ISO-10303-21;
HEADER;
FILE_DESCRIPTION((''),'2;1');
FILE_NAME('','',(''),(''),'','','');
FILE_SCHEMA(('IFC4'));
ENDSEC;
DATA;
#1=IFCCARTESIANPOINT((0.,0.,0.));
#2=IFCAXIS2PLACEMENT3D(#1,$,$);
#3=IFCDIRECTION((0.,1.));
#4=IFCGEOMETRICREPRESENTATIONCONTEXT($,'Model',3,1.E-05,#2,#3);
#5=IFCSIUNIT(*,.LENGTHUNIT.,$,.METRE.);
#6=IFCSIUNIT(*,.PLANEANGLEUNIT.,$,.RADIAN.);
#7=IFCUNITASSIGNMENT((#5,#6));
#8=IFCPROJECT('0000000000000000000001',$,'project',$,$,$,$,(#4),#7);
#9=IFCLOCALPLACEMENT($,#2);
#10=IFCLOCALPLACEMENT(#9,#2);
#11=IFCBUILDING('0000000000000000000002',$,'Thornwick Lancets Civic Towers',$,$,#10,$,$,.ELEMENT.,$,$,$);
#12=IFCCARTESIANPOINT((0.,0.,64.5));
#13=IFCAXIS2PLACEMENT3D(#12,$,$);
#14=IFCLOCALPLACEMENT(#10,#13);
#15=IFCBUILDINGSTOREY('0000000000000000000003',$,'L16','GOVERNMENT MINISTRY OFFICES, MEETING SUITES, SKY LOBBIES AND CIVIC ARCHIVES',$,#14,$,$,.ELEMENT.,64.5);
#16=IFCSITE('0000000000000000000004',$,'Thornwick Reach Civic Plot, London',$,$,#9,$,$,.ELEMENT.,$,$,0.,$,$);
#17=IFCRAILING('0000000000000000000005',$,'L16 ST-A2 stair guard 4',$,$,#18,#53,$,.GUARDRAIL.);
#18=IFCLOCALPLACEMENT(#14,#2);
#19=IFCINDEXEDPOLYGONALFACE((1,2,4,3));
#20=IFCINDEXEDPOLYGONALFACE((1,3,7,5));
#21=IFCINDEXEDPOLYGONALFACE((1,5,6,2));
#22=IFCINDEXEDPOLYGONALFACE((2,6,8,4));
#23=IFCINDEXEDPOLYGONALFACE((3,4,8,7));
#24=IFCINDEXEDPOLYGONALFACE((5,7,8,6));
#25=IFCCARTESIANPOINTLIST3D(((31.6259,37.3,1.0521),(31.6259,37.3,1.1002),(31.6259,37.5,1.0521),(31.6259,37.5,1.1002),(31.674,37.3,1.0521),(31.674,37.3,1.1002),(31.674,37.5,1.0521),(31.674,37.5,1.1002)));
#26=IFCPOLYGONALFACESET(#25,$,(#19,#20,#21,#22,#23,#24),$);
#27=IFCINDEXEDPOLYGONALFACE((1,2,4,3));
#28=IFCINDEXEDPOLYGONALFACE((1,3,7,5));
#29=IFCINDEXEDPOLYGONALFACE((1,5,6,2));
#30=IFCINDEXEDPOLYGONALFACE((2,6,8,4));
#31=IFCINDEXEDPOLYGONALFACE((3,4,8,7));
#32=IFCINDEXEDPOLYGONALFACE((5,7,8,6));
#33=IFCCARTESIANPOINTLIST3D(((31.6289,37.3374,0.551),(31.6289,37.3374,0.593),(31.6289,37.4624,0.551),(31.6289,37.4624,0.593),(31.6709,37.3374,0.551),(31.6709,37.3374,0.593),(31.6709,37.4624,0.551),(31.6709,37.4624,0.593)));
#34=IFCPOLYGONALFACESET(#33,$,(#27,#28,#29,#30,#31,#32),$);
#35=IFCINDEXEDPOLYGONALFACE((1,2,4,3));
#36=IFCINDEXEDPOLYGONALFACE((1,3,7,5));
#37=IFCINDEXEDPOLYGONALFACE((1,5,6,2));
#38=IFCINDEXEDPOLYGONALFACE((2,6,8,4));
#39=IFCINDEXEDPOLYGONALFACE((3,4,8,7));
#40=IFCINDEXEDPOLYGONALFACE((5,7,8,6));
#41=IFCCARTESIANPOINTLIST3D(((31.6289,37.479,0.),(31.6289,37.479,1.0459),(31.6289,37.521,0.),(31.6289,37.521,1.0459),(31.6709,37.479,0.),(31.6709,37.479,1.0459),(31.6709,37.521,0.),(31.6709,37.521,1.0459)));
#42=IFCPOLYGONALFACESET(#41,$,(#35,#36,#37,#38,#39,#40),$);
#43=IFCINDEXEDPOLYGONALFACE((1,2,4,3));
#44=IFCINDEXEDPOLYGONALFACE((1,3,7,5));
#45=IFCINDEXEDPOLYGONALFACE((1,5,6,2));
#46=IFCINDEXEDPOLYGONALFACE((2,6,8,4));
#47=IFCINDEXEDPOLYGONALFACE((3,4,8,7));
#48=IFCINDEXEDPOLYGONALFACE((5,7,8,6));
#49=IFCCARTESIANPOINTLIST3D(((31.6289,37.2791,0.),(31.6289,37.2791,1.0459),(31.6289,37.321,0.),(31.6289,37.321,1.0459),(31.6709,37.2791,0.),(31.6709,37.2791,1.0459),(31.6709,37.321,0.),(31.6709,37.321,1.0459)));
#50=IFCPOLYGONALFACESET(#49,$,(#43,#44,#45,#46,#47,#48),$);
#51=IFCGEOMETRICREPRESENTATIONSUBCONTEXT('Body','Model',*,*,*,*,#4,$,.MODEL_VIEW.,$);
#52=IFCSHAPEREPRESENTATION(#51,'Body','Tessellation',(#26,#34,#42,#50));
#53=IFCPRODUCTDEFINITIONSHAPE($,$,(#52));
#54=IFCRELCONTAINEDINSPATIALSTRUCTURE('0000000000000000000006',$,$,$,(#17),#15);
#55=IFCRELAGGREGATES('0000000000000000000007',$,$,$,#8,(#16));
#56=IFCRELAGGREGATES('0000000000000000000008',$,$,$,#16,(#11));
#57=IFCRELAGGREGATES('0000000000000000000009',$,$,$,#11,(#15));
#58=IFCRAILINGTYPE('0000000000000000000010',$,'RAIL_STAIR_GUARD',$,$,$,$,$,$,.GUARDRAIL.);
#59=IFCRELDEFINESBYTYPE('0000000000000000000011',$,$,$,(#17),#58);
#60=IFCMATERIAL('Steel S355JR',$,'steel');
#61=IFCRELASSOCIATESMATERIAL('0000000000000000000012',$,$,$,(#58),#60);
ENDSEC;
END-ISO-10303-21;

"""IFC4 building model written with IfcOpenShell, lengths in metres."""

from ifc_helpers import new_model, si_unit, direction, frame, origin, origin_2d, place, context, subcontext, project, spatial, rectangle, extrude, material, type_object, element, save


model = new_model("IFC4")

# Units and contexts
model_context = context("Model", 3, precision=1e-05, world=origin(), true_north=direction((0.0, 1.0)))
body_context = subcontext(model_context, "Body", "Model", "MODEL_VIEW")
ifc_project = project(units=[si_unit("LENGTHUNIT", "METRE"), si_unit("PLANEANGLEUNIT", "RADIAN")], contexts=[model_context])

# Site, building, storey
site_placement = place(None, origin())
site = spatial("IfcSite", under=ifc_project, at=site_placement, Name="Thornwick Reach Civic Plot, London", CompositionType="ELEMENT", RefElevation=0.0)
building_placement = place(site_placement, origin())
building = spatial("IfcBuilding", under=site, at=building_placement, Name="Thornwick Lancets Civic Towers", CompositionType="ELEMENT")
storey_placement = place(building_placement, frame((0.0, 0.0, 64.5)))
storey = spatial("IfcBuildingStorey", under=building, at=storey_placement, Name="L16", Description="GOVERNMENT MINISTRY OFFICES, MEETING SUITES, SKY LOBBIES AND CIVIC ARCHIVES", CompositionType="ELEMENT", Elevation=64.5)

# Shared definitions
ifc_material_1 = material(Name="Steel S355JR", Category="steel")

# Railing
railing_type_1 = type_object("IfcRailingType", Name="RAIL_STAIR_GUARD", PredefinedType="GUARDRAIL", material=ifc_material_1)
railing_1_placement = place(storey_placement, frame((31.6499, 37.5, 0.0)))
element("IfcRailing", 1, at=railing_1_placement, inside=storey, type_object=railing_type_1, Name="L16 ST-A2 stair guard 4", PredefinedType="GUARDRAIL", context=body_context, shape_type="SweptSolid", body=[
    extrude(rectangle(XDim=0.0481, YDim=0.0481, at=origin_2d()), frame((0.0, 0.0, 1.0762), z_axis=(0.0, -1.0, 0.0), x_axis=(1.0, 0.0, 0.0)), (0.0, 0.0, 1.0), 0.2),
    extrude(rectangle(XDim=0.042, YDim=0.042, at=origin_2d()), frame((0.0, -0.0376, 0.572), z_axis=(0.0, -1.0, 0.0), x_axis=(1.0, 0.0, 0.0)), (0.0, 0.0, 1.0), 0.125),
    extrude(rectangle(XDim=0.042, YDim=0.042, at=origin_2d()), origin(), (0.0, 0.0, 1.0), 1.0459),
    extrude(rectangle(XDim=0.042, YDim=0.042, at=origin_2d()), frame((0.0, -0.2, 0.0)), (0.0, 0.0, 1.0), 1.0459),
])

save(model, "model.ifc")
